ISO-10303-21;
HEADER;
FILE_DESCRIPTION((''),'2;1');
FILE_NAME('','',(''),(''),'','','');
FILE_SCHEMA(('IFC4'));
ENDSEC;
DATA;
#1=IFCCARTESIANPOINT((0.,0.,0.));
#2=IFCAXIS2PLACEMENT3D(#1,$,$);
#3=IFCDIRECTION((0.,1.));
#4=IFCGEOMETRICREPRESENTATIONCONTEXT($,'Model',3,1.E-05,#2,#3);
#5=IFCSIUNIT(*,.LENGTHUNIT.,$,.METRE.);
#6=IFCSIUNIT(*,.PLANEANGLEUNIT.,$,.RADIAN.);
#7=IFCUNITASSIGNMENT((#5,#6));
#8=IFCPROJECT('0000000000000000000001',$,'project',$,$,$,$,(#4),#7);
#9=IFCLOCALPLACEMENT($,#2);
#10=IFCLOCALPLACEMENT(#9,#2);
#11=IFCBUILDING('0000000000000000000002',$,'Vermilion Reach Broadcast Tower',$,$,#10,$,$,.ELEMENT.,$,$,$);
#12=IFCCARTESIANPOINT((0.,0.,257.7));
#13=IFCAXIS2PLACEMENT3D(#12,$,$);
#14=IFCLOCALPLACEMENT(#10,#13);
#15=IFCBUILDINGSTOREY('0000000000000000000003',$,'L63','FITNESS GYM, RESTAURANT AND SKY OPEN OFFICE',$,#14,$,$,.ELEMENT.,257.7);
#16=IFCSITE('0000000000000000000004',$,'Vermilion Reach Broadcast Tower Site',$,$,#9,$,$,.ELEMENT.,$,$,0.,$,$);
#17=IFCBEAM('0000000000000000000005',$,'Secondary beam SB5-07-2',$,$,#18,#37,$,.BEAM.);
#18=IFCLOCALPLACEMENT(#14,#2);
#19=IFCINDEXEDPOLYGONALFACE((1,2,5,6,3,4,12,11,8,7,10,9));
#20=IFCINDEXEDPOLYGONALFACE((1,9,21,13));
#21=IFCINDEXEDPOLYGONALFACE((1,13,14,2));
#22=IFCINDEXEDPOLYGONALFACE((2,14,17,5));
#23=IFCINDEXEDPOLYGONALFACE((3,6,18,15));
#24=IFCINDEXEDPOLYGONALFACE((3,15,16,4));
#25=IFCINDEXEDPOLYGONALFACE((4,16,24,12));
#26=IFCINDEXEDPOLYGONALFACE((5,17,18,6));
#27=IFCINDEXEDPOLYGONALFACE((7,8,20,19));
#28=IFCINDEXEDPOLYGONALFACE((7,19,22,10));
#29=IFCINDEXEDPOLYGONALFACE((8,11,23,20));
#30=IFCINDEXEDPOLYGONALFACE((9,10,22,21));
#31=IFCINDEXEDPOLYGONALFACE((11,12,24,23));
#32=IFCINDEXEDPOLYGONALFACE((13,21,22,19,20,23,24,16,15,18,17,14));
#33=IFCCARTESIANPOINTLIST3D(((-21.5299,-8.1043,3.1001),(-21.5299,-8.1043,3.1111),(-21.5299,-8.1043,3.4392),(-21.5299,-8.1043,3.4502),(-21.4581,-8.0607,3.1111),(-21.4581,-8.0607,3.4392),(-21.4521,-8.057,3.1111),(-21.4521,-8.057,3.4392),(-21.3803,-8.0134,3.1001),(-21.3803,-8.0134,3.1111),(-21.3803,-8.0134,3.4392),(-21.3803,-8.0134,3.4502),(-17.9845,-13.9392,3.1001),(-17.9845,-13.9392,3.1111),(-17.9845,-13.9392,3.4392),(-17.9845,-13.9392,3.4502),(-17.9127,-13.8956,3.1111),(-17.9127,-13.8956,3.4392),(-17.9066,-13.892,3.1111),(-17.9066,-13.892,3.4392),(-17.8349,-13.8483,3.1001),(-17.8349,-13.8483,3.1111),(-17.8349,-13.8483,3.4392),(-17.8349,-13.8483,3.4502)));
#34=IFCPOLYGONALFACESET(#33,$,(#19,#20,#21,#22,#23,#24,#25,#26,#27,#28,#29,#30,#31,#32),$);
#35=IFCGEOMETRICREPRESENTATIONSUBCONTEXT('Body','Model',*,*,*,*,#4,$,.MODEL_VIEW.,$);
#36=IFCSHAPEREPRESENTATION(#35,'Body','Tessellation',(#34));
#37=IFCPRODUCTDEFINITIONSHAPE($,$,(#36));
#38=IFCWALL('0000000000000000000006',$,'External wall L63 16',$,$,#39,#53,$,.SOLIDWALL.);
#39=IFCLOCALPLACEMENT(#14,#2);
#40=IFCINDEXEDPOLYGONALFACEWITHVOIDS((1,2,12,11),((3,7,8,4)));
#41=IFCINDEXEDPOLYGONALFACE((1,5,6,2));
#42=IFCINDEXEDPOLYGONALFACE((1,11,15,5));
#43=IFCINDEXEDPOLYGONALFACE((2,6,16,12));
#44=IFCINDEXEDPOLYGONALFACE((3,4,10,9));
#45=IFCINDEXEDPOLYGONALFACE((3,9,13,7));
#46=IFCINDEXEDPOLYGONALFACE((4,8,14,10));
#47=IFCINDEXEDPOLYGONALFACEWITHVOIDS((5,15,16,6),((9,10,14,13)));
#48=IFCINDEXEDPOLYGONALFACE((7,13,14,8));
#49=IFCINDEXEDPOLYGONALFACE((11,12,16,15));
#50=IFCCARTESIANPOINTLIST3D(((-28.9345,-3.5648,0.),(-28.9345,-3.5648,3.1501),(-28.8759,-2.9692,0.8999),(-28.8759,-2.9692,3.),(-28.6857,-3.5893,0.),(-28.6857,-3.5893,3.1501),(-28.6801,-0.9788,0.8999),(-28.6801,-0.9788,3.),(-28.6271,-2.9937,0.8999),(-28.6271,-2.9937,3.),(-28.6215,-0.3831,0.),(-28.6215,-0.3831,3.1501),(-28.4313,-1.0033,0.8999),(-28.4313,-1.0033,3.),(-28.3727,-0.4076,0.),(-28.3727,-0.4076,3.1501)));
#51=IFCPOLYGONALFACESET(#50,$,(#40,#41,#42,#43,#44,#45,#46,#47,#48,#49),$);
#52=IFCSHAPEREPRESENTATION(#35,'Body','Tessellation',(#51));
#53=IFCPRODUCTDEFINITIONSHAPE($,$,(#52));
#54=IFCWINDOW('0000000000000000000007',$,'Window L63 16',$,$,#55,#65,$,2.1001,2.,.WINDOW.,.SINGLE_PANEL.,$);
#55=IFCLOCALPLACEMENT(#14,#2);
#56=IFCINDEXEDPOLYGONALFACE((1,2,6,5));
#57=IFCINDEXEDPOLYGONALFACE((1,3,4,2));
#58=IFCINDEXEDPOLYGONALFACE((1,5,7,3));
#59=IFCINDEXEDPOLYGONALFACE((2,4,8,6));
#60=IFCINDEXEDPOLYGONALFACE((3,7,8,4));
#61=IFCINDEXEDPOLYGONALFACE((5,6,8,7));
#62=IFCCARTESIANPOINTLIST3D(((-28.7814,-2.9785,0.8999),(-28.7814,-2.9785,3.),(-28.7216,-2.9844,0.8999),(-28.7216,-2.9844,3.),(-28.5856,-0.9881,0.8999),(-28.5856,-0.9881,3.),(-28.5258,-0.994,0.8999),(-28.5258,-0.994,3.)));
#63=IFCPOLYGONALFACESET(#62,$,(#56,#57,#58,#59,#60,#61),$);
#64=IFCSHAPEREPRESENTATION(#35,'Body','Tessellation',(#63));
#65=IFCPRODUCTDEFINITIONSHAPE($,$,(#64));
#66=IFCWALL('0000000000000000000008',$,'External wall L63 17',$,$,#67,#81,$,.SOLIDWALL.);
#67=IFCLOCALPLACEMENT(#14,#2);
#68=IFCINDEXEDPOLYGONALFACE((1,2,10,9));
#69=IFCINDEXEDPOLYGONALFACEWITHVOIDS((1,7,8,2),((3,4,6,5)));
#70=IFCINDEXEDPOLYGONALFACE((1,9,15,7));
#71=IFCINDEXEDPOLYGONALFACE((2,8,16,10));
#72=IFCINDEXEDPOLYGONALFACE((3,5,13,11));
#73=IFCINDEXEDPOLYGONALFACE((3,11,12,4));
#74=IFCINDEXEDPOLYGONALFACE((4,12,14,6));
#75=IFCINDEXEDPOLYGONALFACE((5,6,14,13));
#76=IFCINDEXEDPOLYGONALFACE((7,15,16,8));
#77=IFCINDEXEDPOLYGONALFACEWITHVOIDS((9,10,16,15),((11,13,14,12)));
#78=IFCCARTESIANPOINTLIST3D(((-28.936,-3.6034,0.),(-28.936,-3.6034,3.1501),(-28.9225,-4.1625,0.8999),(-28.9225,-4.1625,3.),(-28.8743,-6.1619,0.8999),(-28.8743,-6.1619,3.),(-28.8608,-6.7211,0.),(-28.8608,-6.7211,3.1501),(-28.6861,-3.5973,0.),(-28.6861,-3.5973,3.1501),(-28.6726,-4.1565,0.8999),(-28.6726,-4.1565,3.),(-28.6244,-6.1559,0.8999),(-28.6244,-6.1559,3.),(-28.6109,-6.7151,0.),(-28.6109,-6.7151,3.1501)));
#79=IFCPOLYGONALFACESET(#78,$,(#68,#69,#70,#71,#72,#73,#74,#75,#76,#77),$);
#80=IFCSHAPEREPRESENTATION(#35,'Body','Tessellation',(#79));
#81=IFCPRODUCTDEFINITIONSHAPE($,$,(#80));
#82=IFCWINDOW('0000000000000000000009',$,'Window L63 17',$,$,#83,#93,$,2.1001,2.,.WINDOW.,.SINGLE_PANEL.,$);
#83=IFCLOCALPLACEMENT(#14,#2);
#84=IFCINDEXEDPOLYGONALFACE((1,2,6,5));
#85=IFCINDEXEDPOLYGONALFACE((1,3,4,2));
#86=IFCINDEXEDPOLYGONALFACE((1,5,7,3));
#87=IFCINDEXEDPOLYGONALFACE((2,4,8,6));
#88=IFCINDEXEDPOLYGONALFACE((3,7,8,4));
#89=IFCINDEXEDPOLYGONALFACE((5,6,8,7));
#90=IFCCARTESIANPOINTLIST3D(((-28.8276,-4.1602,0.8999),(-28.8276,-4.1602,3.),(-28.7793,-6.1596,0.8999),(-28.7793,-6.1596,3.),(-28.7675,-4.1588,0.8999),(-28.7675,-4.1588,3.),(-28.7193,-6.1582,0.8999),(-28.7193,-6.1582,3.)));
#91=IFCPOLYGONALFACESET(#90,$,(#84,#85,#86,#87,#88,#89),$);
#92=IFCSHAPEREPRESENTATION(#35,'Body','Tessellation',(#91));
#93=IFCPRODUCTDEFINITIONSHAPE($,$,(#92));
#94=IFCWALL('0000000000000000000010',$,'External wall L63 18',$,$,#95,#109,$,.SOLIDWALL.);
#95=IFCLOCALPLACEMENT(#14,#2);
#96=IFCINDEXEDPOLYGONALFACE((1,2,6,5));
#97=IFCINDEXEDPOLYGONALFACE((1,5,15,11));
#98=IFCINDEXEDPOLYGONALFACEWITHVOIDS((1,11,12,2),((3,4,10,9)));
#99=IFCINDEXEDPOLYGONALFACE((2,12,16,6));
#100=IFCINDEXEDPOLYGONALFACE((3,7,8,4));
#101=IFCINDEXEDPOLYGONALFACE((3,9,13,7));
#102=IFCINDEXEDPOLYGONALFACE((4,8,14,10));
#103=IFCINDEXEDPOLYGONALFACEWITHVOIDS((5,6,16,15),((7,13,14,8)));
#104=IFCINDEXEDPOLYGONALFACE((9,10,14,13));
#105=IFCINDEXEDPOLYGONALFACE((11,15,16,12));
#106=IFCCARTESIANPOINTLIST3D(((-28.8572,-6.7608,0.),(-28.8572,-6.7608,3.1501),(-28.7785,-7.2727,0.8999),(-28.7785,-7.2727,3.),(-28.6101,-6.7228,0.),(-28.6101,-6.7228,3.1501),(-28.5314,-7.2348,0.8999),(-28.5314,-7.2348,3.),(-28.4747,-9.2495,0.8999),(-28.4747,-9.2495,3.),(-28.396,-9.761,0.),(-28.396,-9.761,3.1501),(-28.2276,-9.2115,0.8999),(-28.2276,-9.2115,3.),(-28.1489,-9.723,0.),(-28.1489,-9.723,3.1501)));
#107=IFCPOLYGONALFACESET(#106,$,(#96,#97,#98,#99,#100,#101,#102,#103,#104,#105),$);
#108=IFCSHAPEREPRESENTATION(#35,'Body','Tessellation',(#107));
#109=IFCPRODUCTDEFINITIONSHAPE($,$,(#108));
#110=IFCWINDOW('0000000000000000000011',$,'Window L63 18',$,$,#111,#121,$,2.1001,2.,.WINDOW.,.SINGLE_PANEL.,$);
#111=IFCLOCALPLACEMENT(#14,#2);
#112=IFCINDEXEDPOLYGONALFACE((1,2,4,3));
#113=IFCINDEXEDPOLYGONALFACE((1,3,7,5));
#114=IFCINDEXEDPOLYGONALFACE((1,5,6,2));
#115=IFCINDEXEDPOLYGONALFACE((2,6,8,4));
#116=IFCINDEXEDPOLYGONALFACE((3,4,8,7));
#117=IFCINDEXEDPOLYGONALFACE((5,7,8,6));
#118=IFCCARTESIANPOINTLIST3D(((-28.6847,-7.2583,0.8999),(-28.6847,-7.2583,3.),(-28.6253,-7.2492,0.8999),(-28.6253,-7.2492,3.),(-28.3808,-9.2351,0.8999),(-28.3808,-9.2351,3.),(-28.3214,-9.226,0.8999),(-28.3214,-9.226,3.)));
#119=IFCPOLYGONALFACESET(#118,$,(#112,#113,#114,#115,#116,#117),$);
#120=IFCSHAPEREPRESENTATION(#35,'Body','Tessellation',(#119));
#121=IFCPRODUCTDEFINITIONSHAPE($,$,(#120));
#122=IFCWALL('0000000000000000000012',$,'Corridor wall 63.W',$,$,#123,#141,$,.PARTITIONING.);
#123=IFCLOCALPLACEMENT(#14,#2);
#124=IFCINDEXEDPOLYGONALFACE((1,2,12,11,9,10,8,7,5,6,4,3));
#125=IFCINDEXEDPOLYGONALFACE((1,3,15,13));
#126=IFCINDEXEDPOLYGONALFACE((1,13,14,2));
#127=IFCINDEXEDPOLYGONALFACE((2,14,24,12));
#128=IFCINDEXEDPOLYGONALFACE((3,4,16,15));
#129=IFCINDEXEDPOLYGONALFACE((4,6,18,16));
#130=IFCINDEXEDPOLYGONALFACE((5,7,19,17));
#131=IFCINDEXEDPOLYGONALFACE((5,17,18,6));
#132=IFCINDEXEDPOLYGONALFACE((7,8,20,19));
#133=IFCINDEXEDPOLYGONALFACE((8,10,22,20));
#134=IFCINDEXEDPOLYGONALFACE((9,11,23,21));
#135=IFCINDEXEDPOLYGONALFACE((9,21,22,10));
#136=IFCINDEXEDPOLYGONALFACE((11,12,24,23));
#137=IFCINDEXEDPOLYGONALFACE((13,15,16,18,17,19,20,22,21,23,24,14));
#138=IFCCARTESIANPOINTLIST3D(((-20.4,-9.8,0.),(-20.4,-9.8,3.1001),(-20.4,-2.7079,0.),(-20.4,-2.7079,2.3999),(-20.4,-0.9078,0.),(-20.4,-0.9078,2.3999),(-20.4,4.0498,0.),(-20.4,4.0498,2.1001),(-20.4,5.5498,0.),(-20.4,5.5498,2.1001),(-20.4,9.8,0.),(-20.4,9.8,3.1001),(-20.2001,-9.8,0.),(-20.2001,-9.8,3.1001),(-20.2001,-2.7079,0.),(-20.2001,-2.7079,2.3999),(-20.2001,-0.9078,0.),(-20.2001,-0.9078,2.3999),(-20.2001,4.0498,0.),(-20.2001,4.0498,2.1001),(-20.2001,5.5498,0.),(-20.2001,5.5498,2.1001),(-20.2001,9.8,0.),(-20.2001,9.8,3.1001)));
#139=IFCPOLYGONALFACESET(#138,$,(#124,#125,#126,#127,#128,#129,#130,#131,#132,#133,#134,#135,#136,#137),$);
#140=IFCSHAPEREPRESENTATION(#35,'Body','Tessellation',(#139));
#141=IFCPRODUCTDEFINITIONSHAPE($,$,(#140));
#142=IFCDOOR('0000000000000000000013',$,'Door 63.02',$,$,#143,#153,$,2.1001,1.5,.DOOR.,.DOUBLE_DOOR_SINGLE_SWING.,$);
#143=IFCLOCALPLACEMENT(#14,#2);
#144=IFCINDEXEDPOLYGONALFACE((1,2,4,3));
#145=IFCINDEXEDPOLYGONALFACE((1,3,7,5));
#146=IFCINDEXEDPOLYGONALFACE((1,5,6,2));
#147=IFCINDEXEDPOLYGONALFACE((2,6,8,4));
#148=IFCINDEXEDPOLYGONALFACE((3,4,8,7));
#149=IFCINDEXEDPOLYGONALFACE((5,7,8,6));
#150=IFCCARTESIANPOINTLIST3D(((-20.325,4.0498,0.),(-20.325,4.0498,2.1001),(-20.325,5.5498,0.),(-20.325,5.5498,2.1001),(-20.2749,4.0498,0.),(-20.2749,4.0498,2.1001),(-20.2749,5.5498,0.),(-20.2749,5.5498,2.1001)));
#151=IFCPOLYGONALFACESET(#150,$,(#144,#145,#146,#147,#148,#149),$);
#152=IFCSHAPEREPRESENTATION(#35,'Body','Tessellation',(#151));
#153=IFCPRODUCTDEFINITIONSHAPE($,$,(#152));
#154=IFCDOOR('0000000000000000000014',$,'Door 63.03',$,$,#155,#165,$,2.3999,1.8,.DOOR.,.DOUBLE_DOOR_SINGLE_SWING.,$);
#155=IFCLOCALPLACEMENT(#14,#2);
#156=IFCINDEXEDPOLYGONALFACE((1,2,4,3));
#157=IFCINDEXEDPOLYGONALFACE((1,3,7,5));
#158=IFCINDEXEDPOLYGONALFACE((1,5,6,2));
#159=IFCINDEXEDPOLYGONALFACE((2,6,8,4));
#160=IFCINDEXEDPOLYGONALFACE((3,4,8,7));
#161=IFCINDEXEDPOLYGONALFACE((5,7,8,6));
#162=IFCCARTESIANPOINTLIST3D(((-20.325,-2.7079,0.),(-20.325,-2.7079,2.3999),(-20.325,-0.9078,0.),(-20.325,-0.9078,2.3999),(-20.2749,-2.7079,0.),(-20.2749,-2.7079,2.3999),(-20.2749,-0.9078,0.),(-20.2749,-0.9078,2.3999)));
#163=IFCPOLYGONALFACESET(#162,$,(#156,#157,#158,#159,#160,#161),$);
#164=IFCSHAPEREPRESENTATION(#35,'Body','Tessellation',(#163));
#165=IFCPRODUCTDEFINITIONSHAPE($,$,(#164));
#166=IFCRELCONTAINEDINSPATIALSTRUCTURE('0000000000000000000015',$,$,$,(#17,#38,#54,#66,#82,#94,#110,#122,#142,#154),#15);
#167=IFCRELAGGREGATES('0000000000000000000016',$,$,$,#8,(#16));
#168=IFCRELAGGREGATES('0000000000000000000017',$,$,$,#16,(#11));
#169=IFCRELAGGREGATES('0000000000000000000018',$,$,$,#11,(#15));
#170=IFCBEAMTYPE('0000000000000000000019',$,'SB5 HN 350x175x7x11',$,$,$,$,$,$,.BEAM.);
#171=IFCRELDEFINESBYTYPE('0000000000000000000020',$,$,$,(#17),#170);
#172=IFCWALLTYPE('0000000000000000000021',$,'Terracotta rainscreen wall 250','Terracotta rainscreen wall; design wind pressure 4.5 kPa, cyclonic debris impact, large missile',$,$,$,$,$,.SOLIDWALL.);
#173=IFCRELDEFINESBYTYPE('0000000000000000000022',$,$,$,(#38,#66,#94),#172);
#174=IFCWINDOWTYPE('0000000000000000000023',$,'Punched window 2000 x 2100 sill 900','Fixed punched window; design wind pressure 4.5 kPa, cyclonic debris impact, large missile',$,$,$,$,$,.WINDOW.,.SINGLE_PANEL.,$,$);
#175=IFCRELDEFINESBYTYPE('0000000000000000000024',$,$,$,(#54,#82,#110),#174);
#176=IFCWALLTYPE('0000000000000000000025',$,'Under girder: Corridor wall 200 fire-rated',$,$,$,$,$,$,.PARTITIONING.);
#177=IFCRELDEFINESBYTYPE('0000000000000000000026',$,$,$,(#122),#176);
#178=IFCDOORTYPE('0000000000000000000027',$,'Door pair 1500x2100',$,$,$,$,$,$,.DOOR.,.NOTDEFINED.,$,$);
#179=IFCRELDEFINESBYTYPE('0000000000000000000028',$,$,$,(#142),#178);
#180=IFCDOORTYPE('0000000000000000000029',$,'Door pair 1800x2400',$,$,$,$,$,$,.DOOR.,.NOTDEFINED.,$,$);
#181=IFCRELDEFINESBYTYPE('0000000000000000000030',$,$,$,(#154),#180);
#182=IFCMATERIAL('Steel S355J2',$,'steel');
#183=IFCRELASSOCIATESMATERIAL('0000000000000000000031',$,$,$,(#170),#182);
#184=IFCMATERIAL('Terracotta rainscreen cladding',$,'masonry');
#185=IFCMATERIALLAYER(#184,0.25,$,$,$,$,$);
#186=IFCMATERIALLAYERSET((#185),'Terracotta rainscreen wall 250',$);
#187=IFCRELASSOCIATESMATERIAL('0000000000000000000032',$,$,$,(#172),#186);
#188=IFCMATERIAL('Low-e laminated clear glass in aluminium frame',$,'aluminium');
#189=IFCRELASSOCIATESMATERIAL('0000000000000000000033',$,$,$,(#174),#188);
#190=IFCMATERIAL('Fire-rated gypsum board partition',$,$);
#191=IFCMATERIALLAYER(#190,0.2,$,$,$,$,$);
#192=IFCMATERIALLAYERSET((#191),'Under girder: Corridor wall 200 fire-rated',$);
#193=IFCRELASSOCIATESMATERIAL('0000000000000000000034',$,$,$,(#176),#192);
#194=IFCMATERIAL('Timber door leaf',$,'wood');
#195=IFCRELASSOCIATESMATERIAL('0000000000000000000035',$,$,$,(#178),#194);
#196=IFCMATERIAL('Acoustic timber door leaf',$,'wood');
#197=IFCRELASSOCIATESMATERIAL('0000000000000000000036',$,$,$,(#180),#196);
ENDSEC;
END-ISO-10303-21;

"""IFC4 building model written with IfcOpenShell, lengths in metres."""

from ifc_helpers import new_model, si_unit, direction, frame, frame_2d, origin, origin_2d, place, context, subcontext, project, spatial, rectangle, i_section, extrude, material, layer, layer_set, material_profile, profile_set, type_object, element, fill, save


model = new_model("IFC4")

# Units and contexts
model_context = context("Model", 3, precision=1e-05, world=origin(), true_north=direction((0.0, 1.0)))
body_context = subcontext(model_context, "Body", "Model", "MODEL_VIEW")
ifc_project = project(units=[si_unit("LENGTHUNIT", "METRE"), si_unit("PLANEANGLEUNIT", "RADIAN")], contexts=[model_context])

# Site, building, storey
site_placement = place(None, origin())
site = spatial("IfcSite", under=ifc_project, at=site_placement, Name="Vermilion Reach Broadcast Tower Site", CompositionType="ELEMENT", RefElevation=0.0)
building_placement = place(site_placement, origin())
building = spatial("IfcBuilding", under=site, at=building_placement, Name="Vermilion Reach Broadcast Tower", CompositionType="ELEMENT")
storey_placement = place(building_placement, frame((0.0, 0.0, 257.7)))
storey = spatial("IfcBuildingStorey", under=building, at=storey_placement, Name="L63", Description="FITNESS GYM, RESTAURANT AND SKY OPEN OFFICE", CompositionType="ELEMENT", Elevation=257.7)

# Beam
ifc_material_1 = material(Name="Steel S355J2", Category="steel")
ifc_material_profile_1 = material_profile(ifc_material_1, i_section(OverallWidth=0.175, OverallDepth=0.3501, WebThickness=0.0071, FlangeThickness=0.011, at=origin_2d()), Name="S355J2 HN 350x175x7x11")
ifc_profile_set_1 = profile_set([ifc_material_profile_1], Name="Steel S355J2")
beam_type_1 = type_object("IfcBeamType", Name="SB5 HN 350x175x7x11", PredefinedType="BEAM", material=ifc_profile_set_1)
beam_1_placement = place(storey_placement, frame((-21.4551, -8.0588, 3.2751), z_axis=(0.519273, -0.854608, 0.0), x_axis=(0.854608, 0.519273, 0.0)))
element("IfcBeam", 1, at=beam_1_placement, inside=storey, type_object=beam_type_1, Name="Secondary beam SB5-07-2", PredefinedType="BEAM", context=body_context, shape_type="SweptSolid", body=[
    extrude(i_section(OverallWidth=0.175, OverallDepth=0.3501, WebThickness=0.0071, FlangeThickness=0.011, at=origin_2d()), origin(), (0.0, 0.0, 1.0), 6.8276),
])

# Walls, openings, windows
ifc_material_2 = material(Name="Terracotta rainscreen cladding", Category="masonry")
ifc_layer_1 = layer(ifc_material_2, 0.25)
ifc_layer_set_1 = layer_set([ifc_layer_1], Name="Terracotta rainscreen wall 250")
wall_type_1 = type_object("IfcWallType", Name="Terracotta rainscreen wall 250", Description="Terracotta rainscreen wall; design wind pressure 4.5 kPa, cyclonic debris impact, large missile", PredefinedType="SOLIDWALL", material=ifc_layer_set_1)
wall_1_placement = place(storey_placement, frame((-28.4971, -0.3953, 0.0), z_axis=(0.0, 0.0, 1.0), x_axis=(-0.097901, -0.995196, 0.0)))
wall_1 = element("IfcWall", 2, at=wall_1_placement, inside=storey, type_object=wall_type_1, Name="External wall L63 16", PredefinedType="SOLIDWALL", context=body_context, shape_type="SweptSolid", body=[
    extrude(rectangle(XDim=3.197, YDim=0.25, at=frame_2d((1.5986, 0.0))), origin(), (0.0, 0.0, 1.0), 3.1501),
])
opening_1_placement = place(wall_1_placement, frame((0.5986, 0.0, 0.8999)))
opening_1 = element("IfcOpeningElement", 3, at=opening_1_placement, cuts=wall_1, PredefinedType="OPENING", context=body_context, shape_type="SweptSolid", body=[
    extrude(rectangle(XDim=2.0, YDim=2.1001, at=frame_2d((1.0, 1.05))), frame((0.0, 0.135, 0.0), z_axis=(0.0, -1.0, 0.0), x_axis=(1.0, 0.0, 0.0)), (0.0, 0.0, 1.0), 0.27),
])
ifc_material_3 = material(Name="Low-e laminated clear glass in aluminium frame", Category="aluminium")
window_type = type_object("IfcWindowType", Name="Punched window 2000 x 2100 sill 900", Description="Fixed punched window; design wind pressure 4.5 kPa, cyclonic debris impact, large missile", PartitioningType="SINGLE_PANEL", PredefinedType="WINDOW", material=ifc_material_3)
window_1_placement = place(opening_1_placement, origin())
window_1 = element("IfcWindow", 4, at=window_1_placement, inside=storey, type_object=window_type, Name="Window L63 16", OverallHeight=2.1001, OverallWidth=2.0, PartitioningType="SINGLE_PANEL", PredefinedType="WINDOW", context=body_context, shape_type="SweptSolid", body=[
    extrude(rectangle(XDim=2.0, YDim=2.1001, at=frame_2d((1.0, 1.05))), frame((0.0, 0.03, 0.0), z_axis=(0.0, -1.0, 0.0), x_axis=(1.0, 0.0, 0.0)), (0.0, 0.0, 1.0), 0.0601),
])
fill(opening_1, window_1)
wall_2_placement = place(storey_placement, frame((-28.811, -3.6003, 0.0), z_axis=(0.0, 0.0, 1.0), x_axis=(0.024112, -0.999709, 0.0)))
wall_2 = element("IfcWall", 5, at=wall_2_placement, inside=storey, type_object=wall_type_1, Name="External wall L63 17", PredefinedType="SOLIDWALL", context=body_context, shape_type="SweptSolid", body=[
    extrude(rectangle(XDim=3.1187, YDim=0.25, at=frame_2d((1.5593, 0.0))), origin(), (0.0, 0.0, 1.0), 3.1501),
])
opening_2_placement = place(wall_2_placement, frame((0.5593, 0.0, 0.8999)))
opening_2 = element("IfcOpeningElement", 6, at=opening_2_placement, cuts=wall_2, PredefinedType="OPENING", context=body_context, shape_type="SweptSolid", body=[
    extrude(rectangle(XDim=2.0, YDim=2.1001, at=frame_2d((1.0, 1.05))), frame((0.0, 0.135, 0.0), z_axis=(0.0, -1.0, 0.0), x_axis=(1.0, 0.0, 0.0)), (0.0, 0.0, 1.0), 0.27),
])
window_2_placement = place(opening_2_placement, origin())
window_2 = element("IfcWindow", 7, at=window_2_placement, inside=storey, type_object=window_type, Name="Window L63 17", OverallHeight=2.1001, OverallWidth=2.0, PartitioningType="SINGLE_PANEL", PredefinedType="WINDOW", context=body_context, shape_type="SweptSolid", body=[
    extrude(rectangle(XDim=2.0, YDim=2.1001, at=frame_2d((1.0, 1.05))), frame((0.0, 0.03, 0.0), z_axis=(0.0, -1.0, 0.0), x_axis=(1.0, 0.0, 0.0)), (0.0, 0.0, 1.0), 0.0601),
])
fill(opening_2, window_2)
wall_3_placement = place(storey_placement, frame((-28.7336, -6.7419, 0.0), z_axis=(0.0, 0.0, 1.0), x_axis=(0.15193, -0.988391, 0.0)))
wall_3 = element("IfcWall", 8, at=wall_3_placement, inside=storey, type_object=wall_type_1, Name="External wall L63 18", PredefinedType="SOLIDWALL", context=body_context, shape_type="SweptSolid", body=[
    extrude(rectangle(XDim=3.0354, YDim=0.25, at=frame_2d((1.5176, 0.0))), origin(), (0.0, 0.0, 1.0), 3.1501),
])
opening_3_placement = place(wall_3_placement, frame((0.5178, 0.0, 0.8999)))
opening_3 = element("IfcOpeningElement", 9, at=opening_3_placement, cuts=wall_3, PredefinedType="OPENING", context=body_context, shape_type="SweptSolid", body=[
    extrude(rectangle(XDim=2.0, YDim=2.1001, at=frame_2d((1.0, 1.05))), frame((0.0, 0.135, 0.0), z_axis=(0.0, -1.0, 0.0), x_axis=(1.0, 0.0, 0.0)), (0.0, 0.0, 1.0), 0.27),
])
window_3_placement = place(opening_3_placement, origin())
window_3 = element("IfcWindow", 10, at=window_3_placement, inside=storey, type_object=window_type, Name="Window L63 18", OverallHeight=2.1001, OverallWidth=2.0, PartitioningType="SINGLE_PANEL", PredefinedType="WINDOW", context=body_context, shape_type="SweptSolid", body=[
    extrude(rectangle(XDim=2.0, YDim=2.1001, at=frame_2d((1.0, 1.05))), frame((0.0, 0.03, 0.0), z_axis=(0.0, -1.0, 0.0), x_axis=(1.0, 0.0, 0.0)), (0.0, 0.0, 1.0), 0.0601),
])
fill(opening_3, window_3)

# Wall, openings, doors
ifc_material_4 = material(Name="Fire-rated gypsum board partition")
ifc_layer_2 = layer(ifc_material_4, 0.2)
ifc_layer_set_2 = layer_set([ifc_layer_2], Name="Under girder: Corridor wall 200 fire-rated")
wall_type_2 = type_object("IfcWallType", Name="Under girder: Corridor wall 200 fire-rated", PredefinedType="PARTITIONING", material=ifc_layer_set_2)
wall_4_placement = place(storey_placement, frame((-20.3, -9.8, 0.0), z_axis=(0.0, 0.0, 1.0), x_axis=(0.0, 1.0, 0.0)))
wall_4 = element("IfcWall", 11, at=wall_4_placement, inside=storey, type_object=wall_type_2, Name="Corridor wall 63.W", PredefinedType="PARTITIONING", context=body_context, shape_type="SweptSolid", body=[
    extrude(rectangle(XDim=19.6001, YDim=0.2, at=frame_2d((9.8, 0.0))), origin(), (0.0, 0.0, 1.0), 3.1001),
])
opening_4_placement = place(wall_4_placement, frame((13.8499, 0.0, 0.0)))
opening_4 = element("IfcOpeningElement", 12, at=opening_4_placement, cuts=wall_4, PredefinedType="OPENING", context=body_context, shape_type="SweptSolid", body=[
    extrude(rectangle(XDim=1.5, YDim=2.1001, at=frame_2d((0.75, 1.05))), frame((0.0, 0.1099, 0.0), z_axis=(0.0, -1.0, 0.0), x_axis=(1.0, 0.0, 0.0)), (0.0, 0.0, 1.0), 0.22),
])
opening_5_placement = place(wall_4_placement, frame((7.0923, 0.0, 0.0)))
opening_5 = element("IfcOpeningElement", 13, at=opening_5_placement, cuts=wall_4, PredefinedType="OPENING", context=body_context, shape_type="SweptSolid", body=[
    extrude(rectangle(XDim=1.8, YDim=2.3999, at=frame_2d((0.8999, 1.2))), frame((0.0, 0.1099, 0.0), z_axis=(0.0, -1.0, 0.0), x_axis=(1.0, 0.0, 0.0)), (0.0, 0.0, 1.0), 0.22),
])
ifc_material_5 = material(Name="Timber door leaf", Category="wood")
door_type_1 = type_object("IfcDoorType", Name="Door pair 1500x2100", OperationType="NOTDEFINED", PredefinedType="DOOR", material=ifc_material_5)
door_1_placement = place(opening_4_placement, origin())
door_1 = element("IfcDoor", 14, at=door_1_placement, inside=storey, type_object=door_type_1, Name="Door 63.02", OperationType="DOUBLE_DOOR_SINGLE_SWING", OverallHeight=2.1001, OverallWidth=1.5, PredefinedType="DOOR", context=body_context, shape_type="SweptSolid", body=[
    extrude(rectangle(XDim=1.5, YDim=2.1001, at=frame_2d((0.75, 1.05))), frame((0.0, 0.0249, 0.0), z_axis=(0.0, -1.0, 0.0), x_axis=(1.0, 0.0, 0.0)), (0.0, 0.0, 1.0), 0.05),
])
fill(opening_4, door_1)
ifc_material_6 = material(Name="Acoustic timber door leaf", Category="wood")
door_type_2 = type_object("IfcDoorType", Name="Door pair 1800x2400", OperationType="NOTDEFINED", PredefinedType="DOOR", material=ifc_material_6)
door_2_placement = place(opening_5_placement, origin())
door_2 = element("IfcDoor", 15, at=door_2_placement, inside=storey, type_object=door_type_2, Name="Door 63.03", OperationType="DOUBLE_DOOR_SINGLE_SWING", OverallHeight=2.3999, OverallWidth=1.8, PredefinedType="DOOR", context=body_context, shape_type="SweptSolid", body=[
    extrude(rectangle(XDim=1.8, YDim=2.3999, at=frame_2d((0.8999, 1.2))), frame((0.0, 0.0249, 0.0), z_axis=(0.0, -1.0, 0.0), x_axis=(1.0, 0.0, 0.0)), (0.0, 0.0, 1.0), 0.05),
])
fill(opening_5, door_2)

save(model, "model.ifc")
